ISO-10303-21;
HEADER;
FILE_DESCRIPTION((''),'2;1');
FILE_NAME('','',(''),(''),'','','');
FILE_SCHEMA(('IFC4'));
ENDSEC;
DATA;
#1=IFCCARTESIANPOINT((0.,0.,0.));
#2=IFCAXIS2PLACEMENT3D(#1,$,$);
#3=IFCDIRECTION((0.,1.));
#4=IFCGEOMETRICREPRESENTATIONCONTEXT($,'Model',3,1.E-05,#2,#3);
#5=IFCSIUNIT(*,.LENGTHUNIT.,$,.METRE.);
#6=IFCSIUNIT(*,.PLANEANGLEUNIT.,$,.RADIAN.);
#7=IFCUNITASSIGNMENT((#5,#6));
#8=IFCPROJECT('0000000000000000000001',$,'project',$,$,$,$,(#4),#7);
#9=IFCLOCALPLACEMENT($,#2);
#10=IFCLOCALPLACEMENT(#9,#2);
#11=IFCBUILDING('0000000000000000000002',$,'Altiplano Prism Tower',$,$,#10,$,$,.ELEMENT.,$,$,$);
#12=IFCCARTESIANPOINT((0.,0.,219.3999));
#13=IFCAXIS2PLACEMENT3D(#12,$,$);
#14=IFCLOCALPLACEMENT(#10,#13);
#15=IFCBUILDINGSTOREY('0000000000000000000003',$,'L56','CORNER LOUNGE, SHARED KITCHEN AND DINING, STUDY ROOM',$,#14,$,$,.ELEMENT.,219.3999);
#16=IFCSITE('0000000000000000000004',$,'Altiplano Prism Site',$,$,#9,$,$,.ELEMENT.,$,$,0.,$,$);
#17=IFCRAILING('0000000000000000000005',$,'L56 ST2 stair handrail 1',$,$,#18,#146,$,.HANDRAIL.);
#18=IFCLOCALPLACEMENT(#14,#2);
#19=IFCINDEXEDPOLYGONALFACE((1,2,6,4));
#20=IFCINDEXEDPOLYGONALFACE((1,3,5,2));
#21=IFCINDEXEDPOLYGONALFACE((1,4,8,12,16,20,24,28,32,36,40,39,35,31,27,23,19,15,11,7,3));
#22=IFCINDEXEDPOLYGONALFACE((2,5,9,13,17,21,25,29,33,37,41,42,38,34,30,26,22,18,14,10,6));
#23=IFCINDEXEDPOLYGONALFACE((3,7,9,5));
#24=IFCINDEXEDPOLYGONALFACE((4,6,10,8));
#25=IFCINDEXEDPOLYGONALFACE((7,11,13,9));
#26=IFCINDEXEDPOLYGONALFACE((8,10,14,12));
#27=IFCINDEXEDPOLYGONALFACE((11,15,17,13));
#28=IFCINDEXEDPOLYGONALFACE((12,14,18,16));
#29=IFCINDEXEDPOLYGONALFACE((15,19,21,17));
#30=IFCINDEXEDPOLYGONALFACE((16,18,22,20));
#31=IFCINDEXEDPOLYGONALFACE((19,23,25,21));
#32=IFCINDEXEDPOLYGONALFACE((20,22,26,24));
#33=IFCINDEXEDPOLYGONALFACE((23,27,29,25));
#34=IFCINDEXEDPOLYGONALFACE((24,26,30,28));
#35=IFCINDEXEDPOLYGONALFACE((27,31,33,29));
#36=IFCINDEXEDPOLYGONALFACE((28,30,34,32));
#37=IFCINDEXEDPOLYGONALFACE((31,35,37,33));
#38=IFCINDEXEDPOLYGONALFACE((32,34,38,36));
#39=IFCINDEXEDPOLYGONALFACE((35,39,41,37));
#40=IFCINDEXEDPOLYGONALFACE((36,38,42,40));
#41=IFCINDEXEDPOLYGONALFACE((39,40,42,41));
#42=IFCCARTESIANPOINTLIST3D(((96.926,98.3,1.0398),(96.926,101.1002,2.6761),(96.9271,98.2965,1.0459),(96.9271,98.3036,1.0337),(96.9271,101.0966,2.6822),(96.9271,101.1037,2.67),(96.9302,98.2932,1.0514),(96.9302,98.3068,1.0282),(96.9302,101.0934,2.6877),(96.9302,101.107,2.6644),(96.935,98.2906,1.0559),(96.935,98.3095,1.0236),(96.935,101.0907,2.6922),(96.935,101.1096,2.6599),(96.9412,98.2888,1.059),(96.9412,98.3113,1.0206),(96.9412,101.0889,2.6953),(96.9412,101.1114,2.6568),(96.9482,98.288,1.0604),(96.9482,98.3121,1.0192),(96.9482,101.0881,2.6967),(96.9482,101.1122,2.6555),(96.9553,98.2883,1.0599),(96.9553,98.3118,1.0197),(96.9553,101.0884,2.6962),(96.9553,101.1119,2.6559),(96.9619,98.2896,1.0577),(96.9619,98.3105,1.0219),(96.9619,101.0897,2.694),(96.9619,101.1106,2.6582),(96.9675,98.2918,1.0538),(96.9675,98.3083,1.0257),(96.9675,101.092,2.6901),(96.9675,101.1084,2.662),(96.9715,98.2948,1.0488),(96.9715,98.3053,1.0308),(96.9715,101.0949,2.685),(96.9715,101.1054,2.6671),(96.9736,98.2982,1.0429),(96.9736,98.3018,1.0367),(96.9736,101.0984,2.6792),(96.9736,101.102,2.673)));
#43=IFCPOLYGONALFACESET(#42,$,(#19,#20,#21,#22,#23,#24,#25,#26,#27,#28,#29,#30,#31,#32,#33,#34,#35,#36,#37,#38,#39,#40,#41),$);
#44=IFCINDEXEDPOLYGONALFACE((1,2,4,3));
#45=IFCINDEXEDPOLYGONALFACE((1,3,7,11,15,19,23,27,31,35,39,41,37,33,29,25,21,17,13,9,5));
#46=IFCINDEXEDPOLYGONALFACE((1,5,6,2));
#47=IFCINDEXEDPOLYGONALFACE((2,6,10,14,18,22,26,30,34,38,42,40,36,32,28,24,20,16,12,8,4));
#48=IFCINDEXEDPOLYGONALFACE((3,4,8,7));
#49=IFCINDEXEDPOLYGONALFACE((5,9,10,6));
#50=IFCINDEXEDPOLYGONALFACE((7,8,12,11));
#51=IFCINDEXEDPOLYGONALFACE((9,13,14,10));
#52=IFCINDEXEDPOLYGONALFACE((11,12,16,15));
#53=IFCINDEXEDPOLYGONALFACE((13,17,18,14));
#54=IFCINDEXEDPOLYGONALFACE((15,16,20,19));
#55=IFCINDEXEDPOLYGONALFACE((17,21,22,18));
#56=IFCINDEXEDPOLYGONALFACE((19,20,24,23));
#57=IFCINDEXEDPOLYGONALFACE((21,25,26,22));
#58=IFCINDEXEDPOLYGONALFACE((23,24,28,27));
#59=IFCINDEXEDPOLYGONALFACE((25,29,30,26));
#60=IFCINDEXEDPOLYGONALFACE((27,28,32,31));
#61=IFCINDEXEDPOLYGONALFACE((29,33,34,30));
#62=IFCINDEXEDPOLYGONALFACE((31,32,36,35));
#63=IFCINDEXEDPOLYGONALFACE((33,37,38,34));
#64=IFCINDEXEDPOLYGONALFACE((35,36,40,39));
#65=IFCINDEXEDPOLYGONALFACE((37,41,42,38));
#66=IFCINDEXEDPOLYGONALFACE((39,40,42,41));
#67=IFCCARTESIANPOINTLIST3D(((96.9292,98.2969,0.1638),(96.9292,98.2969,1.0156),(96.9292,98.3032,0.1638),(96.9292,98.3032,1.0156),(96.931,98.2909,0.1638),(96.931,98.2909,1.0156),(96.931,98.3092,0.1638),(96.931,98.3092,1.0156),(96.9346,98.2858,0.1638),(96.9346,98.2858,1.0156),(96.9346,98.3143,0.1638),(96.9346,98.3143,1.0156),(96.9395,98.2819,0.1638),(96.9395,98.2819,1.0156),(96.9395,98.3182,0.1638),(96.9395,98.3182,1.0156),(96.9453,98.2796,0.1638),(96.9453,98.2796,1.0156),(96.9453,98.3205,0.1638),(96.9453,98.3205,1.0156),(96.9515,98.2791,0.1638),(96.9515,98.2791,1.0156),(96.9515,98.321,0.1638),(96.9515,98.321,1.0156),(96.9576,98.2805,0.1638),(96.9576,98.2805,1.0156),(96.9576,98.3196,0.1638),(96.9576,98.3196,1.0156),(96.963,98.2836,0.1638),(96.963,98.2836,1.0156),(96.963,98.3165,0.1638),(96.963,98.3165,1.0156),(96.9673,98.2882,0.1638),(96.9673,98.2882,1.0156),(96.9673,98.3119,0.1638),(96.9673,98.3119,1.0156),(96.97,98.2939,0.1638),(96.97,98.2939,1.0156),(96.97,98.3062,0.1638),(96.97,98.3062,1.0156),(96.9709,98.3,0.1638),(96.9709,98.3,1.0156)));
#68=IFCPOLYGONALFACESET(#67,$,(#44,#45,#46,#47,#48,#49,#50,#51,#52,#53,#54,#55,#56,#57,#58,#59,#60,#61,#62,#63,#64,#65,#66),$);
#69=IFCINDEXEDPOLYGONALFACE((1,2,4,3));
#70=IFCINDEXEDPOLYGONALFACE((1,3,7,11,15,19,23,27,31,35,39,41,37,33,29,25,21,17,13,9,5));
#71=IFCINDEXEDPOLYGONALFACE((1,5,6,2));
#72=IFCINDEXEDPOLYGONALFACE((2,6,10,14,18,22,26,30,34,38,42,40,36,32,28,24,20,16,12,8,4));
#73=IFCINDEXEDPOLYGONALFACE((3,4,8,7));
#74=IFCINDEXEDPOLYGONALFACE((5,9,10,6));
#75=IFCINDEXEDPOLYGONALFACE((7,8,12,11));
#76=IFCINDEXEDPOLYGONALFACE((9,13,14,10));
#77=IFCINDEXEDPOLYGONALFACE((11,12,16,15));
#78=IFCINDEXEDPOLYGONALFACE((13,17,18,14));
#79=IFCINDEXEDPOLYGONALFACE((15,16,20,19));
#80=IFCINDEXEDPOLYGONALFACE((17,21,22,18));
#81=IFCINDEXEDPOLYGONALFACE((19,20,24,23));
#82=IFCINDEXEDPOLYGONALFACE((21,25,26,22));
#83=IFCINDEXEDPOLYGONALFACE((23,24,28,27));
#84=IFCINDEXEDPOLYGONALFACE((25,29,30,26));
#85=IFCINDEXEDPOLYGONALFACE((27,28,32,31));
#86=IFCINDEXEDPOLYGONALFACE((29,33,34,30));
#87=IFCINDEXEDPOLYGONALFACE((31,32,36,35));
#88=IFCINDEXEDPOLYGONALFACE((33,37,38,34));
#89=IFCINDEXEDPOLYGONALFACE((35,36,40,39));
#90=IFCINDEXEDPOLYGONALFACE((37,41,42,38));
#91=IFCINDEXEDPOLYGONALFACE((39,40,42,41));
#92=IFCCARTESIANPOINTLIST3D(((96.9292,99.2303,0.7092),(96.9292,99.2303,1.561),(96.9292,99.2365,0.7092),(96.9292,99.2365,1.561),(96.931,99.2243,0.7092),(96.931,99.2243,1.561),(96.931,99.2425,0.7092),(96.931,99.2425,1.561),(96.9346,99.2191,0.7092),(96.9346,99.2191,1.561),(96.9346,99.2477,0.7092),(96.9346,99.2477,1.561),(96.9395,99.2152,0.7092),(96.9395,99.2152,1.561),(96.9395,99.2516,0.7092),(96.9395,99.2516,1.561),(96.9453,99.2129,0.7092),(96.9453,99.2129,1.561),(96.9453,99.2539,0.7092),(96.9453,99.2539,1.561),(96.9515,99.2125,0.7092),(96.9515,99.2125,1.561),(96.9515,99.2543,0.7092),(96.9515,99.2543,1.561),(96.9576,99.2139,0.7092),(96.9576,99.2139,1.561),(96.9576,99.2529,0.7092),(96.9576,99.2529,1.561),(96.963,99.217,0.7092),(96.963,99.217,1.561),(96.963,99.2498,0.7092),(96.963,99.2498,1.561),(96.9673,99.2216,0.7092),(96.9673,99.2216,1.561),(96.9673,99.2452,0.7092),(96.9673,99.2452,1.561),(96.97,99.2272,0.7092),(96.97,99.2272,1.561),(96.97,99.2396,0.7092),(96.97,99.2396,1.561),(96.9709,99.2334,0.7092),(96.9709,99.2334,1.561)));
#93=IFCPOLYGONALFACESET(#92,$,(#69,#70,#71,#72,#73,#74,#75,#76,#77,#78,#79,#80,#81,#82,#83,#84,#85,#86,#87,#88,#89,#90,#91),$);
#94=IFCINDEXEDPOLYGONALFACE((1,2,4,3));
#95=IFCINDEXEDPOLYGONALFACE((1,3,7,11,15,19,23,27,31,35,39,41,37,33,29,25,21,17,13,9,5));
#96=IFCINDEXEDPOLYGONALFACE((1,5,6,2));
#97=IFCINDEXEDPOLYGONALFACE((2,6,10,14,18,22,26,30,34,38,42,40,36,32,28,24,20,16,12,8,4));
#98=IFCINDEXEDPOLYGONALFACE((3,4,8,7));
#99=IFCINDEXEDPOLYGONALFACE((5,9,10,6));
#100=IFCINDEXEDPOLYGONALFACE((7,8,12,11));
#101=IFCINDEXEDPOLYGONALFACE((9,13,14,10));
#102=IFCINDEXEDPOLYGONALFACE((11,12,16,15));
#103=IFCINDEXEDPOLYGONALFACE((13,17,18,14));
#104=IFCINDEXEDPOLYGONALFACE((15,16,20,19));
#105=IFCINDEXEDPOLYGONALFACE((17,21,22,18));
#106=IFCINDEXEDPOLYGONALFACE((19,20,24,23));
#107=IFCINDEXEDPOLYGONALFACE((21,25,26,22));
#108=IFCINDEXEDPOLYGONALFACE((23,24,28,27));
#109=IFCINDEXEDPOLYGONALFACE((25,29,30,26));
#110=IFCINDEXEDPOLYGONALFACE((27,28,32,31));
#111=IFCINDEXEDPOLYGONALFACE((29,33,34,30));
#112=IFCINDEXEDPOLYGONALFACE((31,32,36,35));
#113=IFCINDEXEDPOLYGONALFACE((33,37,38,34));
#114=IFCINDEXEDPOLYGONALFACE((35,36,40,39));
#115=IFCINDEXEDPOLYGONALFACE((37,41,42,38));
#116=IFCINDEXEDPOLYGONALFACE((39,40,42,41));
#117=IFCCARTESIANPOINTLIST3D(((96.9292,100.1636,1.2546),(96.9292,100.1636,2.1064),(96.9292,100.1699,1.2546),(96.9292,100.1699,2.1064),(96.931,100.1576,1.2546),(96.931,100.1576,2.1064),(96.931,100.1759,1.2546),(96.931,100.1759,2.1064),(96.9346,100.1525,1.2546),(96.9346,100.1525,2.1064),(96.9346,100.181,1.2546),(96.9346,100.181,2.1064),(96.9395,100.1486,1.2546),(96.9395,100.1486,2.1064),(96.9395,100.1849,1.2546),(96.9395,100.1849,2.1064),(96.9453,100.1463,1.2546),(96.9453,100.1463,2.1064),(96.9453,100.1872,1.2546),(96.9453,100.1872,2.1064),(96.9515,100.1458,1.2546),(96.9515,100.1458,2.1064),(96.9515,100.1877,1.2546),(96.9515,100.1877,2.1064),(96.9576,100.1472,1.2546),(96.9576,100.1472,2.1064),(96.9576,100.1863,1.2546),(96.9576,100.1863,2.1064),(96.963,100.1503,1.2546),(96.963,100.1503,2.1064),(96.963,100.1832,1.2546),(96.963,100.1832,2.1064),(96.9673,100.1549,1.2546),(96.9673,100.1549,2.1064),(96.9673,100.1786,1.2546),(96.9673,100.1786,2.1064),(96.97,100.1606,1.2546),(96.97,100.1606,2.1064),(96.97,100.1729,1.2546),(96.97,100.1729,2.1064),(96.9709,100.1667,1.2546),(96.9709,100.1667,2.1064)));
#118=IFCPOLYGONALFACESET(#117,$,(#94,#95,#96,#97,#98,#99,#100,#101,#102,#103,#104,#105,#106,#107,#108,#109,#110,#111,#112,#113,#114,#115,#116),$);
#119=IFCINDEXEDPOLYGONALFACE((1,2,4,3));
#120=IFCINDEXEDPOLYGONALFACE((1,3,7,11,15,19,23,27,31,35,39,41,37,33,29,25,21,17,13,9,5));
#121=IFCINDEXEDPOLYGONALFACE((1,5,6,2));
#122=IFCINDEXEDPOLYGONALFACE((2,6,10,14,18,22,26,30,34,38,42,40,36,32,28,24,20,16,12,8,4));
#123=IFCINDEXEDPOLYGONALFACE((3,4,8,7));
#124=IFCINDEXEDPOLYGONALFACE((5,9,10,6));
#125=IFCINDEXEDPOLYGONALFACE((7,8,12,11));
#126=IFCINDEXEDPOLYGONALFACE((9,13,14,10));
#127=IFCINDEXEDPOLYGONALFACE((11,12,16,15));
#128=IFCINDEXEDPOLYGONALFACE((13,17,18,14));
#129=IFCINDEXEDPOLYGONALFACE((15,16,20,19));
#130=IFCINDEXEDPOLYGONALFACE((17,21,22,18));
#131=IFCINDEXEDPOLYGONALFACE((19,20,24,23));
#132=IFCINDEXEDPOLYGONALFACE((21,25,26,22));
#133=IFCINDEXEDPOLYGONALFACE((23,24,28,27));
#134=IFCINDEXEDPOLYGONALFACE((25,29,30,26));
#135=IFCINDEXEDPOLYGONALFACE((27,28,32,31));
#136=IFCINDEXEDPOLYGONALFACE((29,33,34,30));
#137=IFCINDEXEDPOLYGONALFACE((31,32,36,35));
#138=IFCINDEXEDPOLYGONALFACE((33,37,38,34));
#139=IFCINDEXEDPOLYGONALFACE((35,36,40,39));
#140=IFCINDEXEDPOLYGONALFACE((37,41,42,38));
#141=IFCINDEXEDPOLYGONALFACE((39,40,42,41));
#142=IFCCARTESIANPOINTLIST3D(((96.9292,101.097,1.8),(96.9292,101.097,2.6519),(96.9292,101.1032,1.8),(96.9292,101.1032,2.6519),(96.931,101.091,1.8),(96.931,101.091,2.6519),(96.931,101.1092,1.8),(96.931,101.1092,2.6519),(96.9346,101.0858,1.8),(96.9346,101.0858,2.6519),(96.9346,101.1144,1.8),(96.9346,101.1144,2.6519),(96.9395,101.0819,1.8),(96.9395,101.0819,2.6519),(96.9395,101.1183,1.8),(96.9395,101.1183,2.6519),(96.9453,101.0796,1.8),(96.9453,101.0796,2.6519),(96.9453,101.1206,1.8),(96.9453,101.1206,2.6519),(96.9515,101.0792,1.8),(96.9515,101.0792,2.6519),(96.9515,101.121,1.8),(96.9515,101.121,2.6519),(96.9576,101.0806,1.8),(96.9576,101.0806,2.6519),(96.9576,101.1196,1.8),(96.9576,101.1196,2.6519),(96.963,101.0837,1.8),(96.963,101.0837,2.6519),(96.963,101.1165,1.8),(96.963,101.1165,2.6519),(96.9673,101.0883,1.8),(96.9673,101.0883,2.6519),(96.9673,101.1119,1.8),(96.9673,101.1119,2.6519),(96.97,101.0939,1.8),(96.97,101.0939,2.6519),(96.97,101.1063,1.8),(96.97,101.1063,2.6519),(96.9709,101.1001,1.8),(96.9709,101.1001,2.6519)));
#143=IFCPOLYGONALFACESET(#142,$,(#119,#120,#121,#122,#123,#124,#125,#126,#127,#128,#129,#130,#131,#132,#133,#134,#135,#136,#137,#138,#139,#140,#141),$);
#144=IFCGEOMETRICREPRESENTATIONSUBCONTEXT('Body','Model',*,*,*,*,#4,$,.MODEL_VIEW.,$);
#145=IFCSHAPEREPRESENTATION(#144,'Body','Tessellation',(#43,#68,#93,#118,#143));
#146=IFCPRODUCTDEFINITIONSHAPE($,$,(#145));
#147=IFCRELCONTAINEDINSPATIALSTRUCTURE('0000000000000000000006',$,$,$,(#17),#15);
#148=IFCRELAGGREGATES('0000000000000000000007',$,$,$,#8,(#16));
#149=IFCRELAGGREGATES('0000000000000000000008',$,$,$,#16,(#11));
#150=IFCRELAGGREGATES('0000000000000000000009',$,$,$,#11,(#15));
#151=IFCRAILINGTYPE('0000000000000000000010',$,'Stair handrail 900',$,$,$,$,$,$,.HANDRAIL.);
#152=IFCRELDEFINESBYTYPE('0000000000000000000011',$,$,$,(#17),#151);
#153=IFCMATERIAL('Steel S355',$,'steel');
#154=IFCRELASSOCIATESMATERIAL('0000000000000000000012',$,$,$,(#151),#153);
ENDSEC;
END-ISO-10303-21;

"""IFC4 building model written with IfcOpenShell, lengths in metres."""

from ifc_helpers import new_model, si_unit, direction, frame, origin, origin_2d, place, context, subcontext, project, spatial, circle, extrude, material, type_object, element, save


model = new_model("IFC4")

# Units and contexts
model_context = context("Model", 3, precision=1e-05, world=origin(), true_north=direction((0.0, 1.0)))
body_context = subcontext(model_context, "Body", "Model", "MODEL_VIEW")
ifc_project = project(units=[si_unit("LENGTHUNIT", "METRE"), si_unit("PLANEANGLEUNIT", "RADIAN")], contexts=[model_context])

# Site, building, storey
site_placement = place(None, origin())
site = spatial("IfcSite", under=ifc_project, at=site_placement, Name="Altiplano Prism Site", CompositionType="ELEMENT", RefElevation=0.0)
building_placement = place(site_placement, origin())
building = spatial("IfcBuilding", under=site, at=building_placement, Name="Altiplano Prism Tower", CompositionType="ELEMENT")
storey_placement = place(building_placement, frame((0.0, 0.0, 219.3999)))
storey = spatial("IfcBuildingStorey", under=building, at=storey_placement, Name="L56", Description="CORNER LOUNGE, SHARED KITCHEN AND DINING, STUDY ROOM", CompositionType="ELEMENT", Elevation=219.3999)

# Shared definitions
ifc_material_1 = material(Name="Steel S355", Category="steel")

# Railing
railing_type = type_object("IfcRailingType", Name="Stair handrail 900", PredefinedType="HANDRAIL", material=ifc_material_1)
railing_placement = place(storey_placement, frame((96.95, 98.3, 0.1638)))
element("IfcRailing", 1, at=railing_placement, inside=storey, type_object=railing_type, Name="L56 ST2 stair handrail 1", PredefinedType="HANDRAIL", context=body_context, shape_type="SweptSolid", body=[
    extrude(circle(Radius=0.0239, at=origin_2d()), frame((0.0, 0.0, 0.876), z_axis=(0.0, 0.863394, 0.504531), x_axis=(-1.0, 0.0, 0.0)), (0.0, 0.0, 1.0), 3.2432),
    extrude(circle(Radius=0.021, at=origin_2d()), origin(), (0.0, 0.0, 1.0), 0.8518),
    extrude(circle(Radius=0.021, at=origin_2d()), frame((0.0, 0.9333, 0.5454)), (0.0, 0.0, 1.0), 0.8518),
    extrude(circle(Radius=0.021, at=origin_2d()), frame((0.0, 1.8667, 1.0908)), (0.0, 0.0, 1.0), 0.8518),
    extrude(circle(Radius=0.021, at=origin_2d()), frame((0.0, 2.8, 1.6362)), (0.0, 0.0, 1.0), 0.8518),
])

save(model, "model.ifc")
